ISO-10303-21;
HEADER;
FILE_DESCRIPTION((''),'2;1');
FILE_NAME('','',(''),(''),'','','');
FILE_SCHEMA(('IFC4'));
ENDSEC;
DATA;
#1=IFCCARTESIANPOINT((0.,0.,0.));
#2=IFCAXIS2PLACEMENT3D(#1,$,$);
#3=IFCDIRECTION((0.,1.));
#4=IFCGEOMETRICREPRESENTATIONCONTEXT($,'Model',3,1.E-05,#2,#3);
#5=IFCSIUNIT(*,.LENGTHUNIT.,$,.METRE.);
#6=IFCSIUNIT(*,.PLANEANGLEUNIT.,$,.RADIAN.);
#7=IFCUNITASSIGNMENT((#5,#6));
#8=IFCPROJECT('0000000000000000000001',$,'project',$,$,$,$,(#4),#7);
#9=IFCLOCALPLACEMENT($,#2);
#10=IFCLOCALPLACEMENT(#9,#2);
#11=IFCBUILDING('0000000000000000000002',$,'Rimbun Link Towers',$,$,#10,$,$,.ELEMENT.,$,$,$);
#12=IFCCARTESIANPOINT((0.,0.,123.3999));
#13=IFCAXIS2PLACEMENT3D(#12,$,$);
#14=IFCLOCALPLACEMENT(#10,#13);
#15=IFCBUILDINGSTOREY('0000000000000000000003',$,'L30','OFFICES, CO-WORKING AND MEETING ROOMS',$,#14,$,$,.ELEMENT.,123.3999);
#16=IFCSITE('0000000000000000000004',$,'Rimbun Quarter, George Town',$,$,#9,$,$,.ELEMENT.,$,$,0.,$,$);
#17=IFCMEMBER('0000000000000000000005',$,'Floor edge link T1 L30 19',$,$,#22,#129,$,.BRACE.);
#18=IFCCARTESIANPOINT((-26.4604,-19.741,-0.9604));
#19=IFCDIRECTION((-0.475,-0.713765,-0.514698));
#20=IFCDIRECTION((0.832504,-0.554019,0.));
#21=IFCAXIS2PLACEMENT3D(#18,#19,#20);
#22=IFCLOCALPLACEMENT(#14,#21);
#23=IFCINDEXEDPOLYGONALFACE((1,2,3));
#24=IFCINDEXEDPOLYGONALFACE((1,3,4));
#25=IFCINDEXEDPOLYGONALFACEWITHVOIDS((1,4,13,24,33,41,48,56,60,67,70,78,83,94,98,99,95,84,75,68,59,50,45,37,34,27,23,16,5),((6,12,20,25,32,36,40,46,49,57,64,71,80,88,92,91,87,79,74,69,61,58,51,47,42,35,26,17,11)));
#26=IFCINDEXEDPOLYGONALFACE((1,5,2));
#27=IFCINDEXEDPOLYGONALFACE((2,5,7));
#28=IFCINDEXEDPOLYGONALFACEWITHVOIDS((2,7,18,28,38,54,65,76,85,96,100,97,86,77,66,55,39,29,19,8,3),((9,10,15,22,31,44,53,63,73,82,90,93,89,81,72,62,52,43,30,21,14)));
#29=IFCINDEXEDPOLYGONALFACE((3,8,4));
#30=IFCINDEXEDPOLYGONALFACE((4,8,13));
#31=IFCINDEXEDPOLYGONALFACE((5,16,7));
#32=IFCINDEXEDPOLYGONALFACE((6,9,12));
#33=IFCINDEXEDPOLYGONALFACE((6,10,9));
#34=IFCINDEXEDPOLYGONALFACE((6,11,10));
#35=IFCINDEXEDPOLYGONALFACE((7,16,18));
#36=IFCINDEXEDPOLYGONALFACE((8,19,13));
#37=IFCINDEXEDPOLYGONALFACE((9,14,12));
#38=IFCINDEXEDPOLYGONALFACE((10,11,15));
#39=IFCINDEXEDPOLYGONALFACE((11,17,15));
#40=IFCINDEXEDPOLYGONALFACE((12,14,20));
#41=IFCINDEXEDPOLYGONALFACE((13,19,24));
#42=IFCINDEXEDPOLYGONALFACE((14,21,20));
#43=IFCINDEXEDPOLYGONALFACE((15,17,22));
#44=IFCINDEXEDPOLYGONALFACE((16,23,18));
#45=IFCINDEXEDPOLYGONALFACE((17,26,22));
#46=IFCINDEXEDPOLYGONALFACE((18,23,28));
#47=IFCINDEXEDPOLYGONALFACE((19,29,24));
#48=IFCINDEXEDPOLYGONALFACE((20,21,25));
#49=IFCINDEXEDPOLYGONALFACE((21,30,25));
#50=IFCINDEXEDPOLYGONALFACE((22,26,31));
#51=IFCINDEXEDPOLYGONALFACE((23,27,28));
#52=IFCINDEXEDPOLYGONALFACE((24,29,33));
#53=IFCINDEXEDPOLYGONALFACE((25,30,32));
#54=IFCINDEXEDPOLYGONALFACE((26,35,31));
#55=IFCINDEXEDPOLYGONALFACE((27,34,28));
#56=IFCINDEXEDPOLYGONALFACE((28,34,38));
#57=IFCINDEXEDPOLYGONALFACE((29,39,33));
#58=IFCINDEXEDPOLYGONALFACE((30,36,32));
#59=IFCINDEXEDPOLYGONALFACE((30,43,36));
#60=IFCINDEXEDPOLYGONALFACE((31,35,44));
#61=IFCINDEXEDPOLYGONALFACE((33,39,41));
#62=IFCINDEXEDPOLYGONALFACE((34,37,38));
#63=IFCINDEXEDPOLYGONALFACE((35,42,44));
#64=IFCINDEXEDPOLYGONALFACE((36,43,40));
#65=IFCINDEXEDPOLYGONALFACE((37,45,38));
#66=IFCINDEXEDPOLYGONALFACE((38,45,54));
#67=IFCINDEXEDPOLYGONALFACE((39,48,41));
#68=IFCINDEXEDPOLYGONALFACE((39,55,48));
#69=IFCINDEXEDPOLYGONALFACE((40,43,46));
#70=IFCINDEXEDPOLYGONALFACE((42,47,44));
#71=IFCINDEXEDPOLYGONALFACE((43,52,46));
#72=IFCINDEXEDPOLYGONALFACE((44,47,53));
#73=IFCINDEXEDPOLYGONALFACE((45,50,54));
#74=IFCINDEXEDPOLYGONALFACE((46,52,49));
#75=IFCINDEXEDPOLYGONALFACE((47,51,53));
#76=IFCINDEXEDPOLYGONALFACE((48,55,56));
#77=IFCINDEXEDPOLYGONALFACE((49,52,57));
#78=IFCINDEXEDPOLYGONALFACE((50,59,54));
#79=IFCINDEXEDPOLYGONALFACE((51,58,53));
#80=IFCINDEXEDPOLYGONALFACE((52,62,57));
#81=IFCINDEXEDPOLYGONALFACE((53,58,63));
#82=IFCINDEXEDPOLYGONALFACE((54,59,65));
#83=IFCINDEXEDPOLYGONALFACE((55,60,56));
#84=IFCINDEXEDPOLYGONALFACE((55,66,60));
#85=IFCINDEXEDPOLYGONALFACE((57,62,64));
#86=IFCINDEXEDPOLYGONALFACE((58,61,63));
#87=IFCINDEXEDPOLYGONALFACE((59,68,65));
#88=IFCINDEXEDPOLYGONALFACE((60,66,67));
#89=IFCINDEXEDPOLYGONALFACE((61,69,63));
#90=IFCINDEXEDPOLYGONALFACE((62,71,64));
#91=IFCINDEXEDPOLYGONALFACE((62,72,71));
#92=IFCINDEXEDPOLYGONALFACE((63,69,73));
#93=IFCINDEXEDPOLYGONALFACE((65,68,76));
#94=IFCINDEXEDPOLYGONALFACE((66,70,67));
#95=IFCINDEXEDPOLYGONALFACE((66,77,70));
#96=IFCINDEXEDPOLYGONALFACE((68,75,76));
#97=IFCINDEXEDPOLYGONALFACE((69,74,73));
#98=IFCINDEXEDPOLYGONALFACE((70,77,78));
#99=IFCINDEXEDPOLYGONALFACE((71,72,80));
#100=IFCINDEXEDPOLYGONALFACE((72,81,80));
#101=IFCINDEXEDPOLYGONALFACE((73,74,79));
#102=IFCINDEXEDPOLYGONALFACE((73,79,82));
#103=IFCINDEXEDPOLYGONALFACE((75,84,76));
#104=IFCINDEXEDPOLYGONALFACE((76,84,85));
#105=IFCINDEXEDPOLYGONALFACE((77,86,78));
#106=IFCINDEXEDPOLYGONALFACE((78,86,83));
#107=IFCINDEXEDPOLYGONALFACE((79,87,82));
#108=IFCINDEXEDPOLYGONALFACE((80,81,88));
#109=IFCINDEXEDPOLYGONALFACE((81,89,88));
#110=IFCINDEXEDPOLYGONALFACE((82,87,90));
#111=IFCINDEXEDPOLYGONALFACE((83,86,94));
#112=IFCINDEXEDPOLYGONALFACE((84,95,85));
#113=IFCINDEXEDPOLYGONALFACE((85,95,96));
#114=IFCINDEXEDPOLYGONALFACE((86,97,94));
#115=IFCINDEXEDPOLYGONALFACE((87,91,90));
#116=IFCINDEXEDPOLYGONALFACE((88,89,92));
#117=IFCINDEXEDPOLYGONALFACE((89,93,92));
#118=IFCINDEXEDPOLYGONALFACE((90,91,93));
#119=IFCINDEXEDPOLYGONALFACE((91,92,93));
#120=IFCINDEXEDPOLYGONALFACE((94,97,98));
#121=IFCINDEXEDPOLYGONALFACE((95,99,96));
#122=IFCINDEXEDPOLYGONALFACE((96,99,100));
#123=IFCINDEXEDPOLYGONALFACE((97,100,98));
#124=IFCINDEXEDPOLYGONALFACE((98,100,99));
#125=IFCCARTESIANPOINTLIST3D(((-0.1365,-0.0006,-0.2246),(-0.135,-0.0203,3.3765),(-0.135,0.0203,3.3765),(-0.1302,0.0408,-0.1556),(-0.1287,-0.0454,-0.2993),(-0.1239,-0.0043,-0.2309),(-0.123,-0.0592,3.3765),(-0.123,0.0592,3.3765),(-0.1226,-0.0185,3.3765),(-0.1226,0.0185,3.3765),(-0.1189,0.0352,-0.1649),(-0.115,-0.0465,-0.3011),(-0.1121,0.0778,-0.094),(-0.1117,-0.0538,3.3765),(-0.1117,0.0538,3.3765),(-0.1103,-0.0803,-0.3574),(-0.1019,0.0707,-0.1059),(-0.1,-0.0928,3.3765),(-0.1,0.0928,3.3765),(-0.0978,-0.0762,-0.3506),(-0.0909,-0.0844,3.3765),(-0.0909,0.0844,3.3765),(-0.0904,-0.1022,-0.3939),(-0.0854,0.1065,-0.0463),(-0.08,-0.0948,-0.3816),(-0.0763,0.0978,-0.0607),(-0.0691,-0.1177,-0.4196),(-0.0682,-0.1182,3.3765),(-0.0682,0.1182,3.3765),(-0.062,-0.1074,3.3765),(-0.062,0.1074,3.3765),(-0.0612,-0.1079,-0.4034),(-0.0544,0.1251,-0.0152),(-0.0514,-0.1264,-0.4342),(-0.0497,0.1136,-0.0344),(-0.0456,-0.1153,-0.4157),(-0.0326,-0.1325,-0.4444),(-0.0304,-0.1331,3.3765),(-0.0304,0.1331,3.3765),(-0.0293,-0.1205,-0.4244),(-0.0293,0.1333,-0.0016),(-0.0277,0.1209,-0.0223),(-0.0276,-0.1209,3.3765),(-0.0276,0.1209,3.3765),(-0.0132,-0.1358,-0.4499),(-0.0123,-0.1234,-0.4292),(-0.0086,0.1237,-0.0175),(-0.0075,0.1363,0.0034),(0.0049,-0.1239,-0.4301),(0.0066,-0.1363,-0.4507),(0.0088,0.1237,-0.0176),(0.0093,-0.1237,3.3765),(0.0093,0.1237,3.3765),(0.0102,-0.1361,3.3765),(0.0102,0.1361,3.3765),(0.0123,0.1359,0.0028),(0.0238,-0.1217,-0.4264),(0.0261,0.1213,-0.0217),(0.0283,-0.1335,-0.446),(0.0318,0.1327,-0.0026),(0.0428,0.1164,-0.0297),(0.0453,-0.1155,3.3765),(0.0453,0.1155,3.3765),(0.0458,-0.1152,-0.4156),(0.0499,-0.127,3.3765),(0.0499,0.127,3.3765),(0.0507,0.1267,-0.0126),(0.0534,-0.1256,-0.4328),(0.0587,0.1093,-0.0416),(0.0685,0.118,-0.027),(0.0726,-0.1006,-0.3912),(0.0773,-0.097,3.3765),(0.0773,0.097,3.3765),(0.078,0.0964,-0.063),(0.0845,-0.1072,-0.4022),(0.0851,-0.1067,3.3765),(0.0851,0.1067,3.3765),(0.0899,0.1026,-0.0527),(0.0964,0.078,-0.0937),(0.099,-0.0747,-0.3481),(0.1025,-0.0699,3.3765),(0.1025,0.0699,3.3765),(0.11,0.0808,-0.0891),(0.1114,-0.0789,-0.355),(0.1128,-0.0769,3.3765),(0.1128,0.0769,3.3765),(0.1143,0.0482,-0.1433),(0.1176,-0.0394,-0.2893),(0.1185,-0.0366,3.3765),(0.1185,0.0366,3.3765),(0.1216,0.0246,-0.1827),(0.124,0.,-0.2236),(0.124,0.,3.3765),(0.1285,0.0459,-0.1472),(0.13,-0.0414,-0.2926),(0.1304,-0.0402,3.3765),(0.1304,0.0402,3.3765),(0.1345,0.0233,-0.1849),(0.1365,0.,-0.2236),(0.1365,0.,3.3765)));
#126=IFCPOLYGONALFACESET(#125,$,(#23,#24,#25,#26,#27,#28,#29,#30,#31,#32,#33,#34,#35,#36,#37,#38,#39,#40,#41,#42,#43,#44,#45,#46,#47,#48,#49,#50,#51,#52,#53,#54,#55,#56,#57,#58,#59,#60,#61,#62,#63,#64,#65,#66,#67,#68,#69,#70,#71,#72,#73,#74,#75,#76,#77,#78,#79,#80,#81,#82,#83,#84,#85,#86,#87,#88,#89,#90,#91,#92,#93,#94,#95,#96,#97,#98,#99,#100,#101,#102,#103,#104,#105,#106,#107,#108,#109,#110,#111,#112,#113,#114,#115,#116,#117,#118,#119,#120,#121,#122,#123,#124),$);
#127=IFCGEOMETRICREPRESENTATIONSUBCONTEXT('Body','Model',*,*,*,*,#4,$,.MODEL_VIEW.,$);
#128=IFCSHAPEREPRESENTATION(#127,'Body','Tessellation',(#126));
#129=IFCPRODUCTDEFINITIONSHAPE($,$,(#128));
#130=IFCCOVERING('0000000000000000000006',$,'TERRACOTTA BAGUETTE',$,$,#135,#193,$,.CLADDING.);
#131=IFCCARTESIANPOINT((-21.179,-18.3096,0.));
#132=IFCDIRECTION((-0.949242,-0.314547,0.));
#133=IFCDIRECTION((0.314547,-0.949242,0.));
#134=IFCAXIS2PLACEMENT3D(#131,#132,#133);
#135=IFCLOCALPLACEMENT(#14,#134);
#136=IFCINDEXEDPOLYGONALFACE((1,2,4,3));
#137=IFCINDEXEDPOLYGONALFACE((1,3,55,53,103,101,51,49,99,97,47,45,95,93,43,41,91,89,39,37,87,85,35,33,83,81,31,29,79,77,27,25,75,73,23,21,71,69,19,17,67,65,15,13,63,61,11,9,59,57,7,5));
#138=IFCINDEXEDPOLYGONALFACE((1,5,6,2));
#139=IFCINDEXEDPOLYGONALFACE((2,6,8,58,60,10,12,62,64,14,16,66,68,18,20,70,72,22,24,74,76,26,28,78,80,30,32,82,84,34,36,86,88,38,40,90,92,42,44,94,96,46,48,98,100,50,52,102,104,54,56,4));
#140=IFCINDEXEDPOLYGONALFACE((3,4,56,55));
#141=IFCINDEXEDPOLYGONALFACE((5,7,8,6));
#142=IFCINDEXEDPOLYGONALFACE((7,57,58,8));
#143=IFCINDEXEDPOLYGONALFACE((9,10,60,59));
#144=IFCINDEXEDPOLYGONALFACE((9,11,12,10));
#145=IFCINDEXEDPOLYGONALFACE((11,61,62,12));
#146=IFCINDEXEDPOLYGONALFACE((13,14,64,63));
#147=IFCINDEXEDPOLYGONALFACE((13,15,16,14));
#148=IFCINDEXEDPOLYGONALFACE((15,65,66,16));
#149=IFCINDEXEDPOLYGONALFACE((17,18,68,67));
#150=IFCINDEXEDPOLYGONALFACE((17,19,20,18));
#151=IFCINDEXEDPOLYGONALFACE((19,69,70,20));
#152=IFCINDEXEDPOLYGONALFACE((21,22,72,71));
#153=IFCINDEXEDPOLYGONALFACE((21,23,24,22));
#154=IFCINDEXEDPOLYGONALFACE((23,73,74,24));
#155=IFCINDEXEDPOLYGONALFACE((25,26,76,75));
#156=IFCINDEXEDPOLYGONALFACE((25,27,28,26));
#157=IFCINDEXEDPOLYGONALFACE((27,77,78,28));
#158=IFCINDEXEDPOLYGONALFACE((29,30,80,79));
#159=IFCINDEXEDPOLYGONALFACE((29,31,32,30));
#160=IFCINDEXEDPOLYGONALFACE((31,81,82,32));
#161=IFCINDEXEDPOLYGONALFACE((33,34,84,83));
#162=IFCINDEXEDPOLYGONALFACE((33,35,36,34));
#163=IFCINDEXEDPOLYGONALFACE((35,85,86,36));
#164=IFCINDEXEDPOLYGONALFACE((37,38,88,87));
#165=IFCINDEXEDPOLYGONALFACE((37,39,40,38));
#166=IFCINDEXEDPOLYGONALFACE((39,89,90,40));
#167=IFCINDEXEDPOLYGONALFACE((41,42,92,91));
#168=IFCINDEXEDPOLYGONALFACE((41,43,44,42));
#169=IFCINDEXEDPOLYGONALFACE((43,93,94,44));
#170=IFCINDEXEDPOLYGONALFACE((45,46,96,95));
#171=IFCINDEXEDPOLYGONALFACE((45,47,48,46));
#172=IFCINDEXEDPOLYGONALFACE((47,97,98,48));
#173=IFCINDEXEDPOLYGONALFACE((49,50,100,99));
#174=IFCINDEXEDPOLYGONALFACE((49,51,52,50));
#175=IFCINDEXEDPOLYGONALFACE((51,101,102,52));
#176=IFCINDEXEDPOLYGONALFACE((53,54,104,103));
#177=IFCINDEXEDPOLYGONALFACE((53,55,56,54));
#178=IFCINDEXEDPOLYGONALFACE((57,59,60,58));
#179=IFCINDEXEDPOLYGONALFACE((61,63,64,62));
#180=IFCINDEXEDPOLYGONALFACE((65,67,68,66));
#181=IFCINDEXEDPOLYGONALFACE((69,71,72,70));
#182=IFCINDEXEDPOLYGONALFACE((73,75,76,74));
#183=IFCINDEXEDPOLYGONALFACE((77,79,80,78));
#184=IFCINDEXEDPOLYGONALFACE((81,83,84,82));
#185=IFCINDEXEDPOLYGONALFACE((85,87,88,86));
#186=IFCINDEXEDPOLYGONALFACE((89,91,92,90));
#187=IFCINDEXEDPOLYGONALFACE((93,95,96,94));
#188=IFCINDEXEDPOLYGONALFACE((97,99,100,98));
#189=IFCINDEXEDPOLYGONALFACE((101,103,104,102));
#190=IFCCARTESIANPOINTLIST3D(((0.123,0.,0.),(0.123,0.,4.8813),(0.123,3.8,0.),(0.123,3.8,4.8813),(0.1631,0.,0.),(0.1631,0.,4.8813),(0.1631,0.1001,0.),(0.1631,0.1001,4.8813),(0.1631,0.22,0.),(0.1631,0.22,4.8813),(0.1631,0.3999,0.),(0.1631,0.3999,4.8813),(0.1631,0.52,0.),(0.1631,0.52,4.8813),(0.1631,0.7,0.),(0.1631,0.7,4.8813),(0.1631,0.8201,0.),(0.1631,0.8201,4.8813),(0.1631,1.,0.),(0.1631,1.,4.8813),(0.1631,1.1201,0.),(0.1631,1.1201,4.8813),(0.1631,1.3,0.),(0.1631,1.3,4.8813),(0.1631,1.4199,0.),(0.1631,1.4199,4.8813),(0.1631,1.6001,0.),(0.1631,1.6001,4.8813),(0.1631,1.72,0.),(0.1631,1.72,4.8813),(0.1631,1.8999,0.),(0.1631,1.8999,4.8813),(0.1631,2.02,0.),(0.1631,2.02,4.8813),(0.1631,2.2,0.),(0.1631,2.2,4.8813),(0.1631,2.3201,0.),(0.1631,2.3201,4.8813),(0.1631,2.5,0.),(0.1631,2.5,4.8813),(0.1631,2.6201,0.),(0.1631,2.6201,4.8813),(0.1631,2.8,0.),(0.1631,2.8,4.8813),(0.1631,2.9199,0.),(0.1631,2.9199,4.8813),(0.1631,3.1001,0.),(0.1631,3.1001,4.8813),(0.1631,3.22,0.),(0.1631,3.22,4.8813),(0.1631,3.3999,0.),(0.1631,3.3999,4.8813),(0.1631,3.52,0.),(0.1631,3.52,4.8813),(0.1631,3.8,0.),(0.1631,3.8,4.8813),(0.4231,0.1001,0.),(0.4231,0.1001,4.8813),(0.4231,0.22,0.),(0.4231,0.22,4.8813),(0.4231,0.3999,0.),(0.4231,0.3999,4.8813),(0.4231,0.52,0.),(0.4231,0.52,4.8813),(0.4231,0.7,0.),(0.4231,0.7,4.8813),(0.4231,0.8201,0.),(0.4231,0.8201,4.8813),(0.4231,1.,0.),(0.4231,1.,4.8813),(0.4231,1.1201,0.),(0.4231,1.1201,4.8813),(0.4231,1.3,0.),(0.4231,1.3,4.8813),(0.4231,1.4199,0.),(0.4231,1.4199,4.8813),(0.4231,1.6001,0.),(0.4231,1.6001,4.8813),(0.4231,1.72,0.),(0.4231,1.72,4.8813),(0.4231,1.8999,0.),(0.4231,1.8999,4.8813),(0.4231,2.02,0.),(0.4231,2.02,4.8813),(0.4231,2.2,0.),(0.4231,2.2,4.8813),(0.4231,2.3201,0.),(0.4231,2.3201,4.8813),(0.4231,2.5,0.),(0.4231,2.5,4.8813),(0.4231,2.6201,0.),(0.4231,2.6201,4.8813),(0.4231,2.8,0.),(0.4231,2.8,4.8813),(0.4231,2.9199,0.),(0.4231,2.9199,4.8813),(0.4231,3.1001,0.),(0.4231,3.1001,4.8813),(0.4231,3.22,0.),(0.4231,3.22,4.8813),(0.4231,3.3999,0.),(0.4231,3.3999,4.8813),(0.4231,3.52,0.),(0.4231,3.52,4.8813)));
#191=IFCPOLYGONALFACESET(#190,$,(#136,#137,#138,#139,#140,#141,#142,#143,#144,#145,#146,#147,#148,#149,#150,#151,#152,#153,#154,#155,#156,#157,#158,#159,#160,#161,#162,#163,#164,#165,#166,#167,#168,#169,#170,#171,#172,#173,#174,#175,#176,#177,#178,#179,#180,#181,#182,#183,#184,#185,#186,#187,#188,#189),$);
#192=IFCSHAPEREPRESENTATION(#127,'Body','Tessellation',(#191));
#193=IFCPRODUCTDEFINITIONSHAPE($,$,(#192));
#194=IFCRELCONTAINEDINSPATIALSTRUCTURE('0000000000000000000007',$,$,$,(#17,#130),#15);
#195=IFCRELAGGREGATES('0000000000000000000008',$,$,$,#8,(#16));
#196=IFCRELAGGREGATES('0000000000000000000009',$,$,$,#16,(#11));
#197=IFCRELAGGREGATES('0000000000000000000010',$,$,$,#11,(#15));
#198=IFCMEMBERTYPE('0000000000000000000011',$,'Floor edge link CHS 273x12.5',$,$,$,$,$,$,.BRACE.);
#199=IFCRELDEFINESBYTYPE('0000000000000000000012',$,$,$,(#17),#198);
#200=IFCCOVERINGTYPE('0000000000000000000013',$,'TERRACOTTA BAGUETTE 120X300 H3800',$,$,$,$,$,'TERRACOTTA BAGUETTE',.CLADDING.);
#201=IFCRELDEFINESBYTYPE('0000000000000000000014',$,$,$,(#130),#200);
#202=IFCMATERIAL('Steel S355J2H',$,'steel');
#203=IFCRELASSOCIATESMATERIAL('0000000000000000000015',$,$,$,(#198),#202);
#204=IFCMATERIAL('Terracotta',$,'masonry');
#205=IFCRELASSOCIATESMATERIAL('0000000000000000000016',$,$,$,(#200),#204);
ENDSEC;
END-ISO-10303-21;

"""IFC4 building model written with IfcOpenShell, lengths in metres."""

from ifc_helpers import new_model, si_unit, direction, frame, origin, origin_2d, place, context, subcontext, project, spatial, polyline, hollow_circle, outline, extrude, clip, halfspace, material, material_profile, profile_set, type_object, element, save


model = new_model("IFC4")

# Units and contexts
model_context = context("Model", 3, precision=1e-05, world=origin(), true_north=direction((0.0, 1.0)))
body_context = subcontext(model_context, "Body", "Model", "MODEL_VIEW")
ifc_project = project(units=[si_unit("LENGTHUNIT", "METRE"), si_unit("PLANEANGLEUNIT", "RADIAN")], contexts=[model_context])

# Site, building, storey
site_placement = place(None, origin())
site = spatial("IfcSite", under=ifc_project, at=site_placement, Name="Rimbun Quarter, George Town", CompositionType="ELEMENT", RefElevation=0.0)
building_placement = place(site_placement, origin())
building = spatial("IfcBuilding", under=site, at=building_placement, Name="Rimbun Link Towers", CompositionType="ELEMENT")
storey_placement = place(building_placement, frame((0.0, 0.0, 123.3999)))
storey = spatial("IfcBuildingStorey", under=building, at=storey_placement, Name="L30", Description="OFFICES, CO-WORKING AND MEETING ROOMS", CompositionType="ELEMENT", Elevation=123.3999)

# Member
ifc_material_1 = material(Name="Steel S355J2H", Category="steel")
ifc_material_profile_1 = material_profile(ifc_material_1, hollow_circle(Radius=0.1365, WallThickness=0.0125, at=origin_2d()), Name="CHS 273x12.5")
ifc_profile_set_1 = profile_set([ifc_material_profile_1], Name="Steel S355J2H")
member_type_1 = type_object("IfcMemberType", Name="Floor edge link CHS 273x12.5", PredefinedType="BRACE", material=ifc_profile_set_1)
member_1_placement = place(storey_placement, frame((-26.4604, -19.741, -0.9604), z_axis=(-0.475, -0.713765, -0.514698), x_axis=(0.832504, -0.554019, 0.0)))
element("IfcMember", 1, at=member_1_placement, inside=storey, type_object=member_type_1, Name="Floor edge link T1 L30 19", PredefinedType="BRACE", context=body_context, shape_type="Clipping", body=[
    clip(extrude(hollow_circle(Radius=0.1365, WallThickness=0.0125, at=origin_2d()), frame((0.0, 0.0, -0.4741)), (0.0, 0.0, 1.0), 3.8506), halfspace(frame((0.0, 0.0, -0.2236), z_axis=(0.0, 0.857372, -0.514698)), False)),
])

# Covering
ifc_material_2 = material(Name="Terracotta", Category="masonry")
ifc_material_profile_2 = material_profile(ifc_material_2, outline(polyline([(0.123, 0.0), (0.1631, 0.0), (0.1631, 0.1001), (0.4231, 0.1001), (0.4231, 0.22), (0.1631, 0.22), (0.1631, 0.3999), (0.4231, 0.3999), (0.4231, 0.52), (0.1631, 0.52), (0.1631, 0.7), (0.4231, 0.7), (0.4231, 0.8201), (0.1631, 0.8201), (0.1631, 1.0), (0.4231, 1.0), (0.4231, 1.1201), (0.1631, 1.1201), (0.1631, 1.3), (0.4231, 1.3), (0.4231, 1.4199), (0.1631, 1.4199), (0.1631, 1.6001), (0.4231, 1.6001), (0.4231, 1.72), (0.1631, 1.72), (0.1631, 1.8999), (0.4231, 1.8999), (0.4231, 2.02), (0.1631, 2.02), (0.1631, 2.2), (0.4231, 2.2), (0.4231, 2.3201), (0.1631, 2.3201), (0.1631, 2.5), (0.4231, 2.5), (0.4231, 2.6201), (0.1631, 2.6201), (0.1631, 2.8), (0.4231, 2.8), (0.4231, 2.9199), (0.1631, 2.9199), (0.1631, 3.1001), (0.4231, 3.1001), (0.4231, 3.22), (0.1631, 3.22), (0.1631, 3.3999), (0.4231, 3.3999), (0.4231, 3.52), (0.1631, 3.52), (0.1631, 3.8), (0.123, 3.8), (0.123, 0.0)])), Name="BAGUETTE 120X300")
ifc_profile_set_2 = profile_set([ifc_material_profile_2], Name="Terracotta")
covering_type = type_object("IfcCoveringType", Name="TERRACOTTA BAGUETTE 120X300 H3800", ElementType="TERRACOTTA BAGUETTE", PredefinedType="CLADDING", material=ifc_profile_set_2)
covering_placement = place(storey_placement, frame((-21.179, -18.3096, 0.0), z_axis=(-0.949242, -0.314547, 0.0), x_axis=(0.314547, -0.949242, 0.0)))
element("IfcCovering", 2, at=covering_placement, inside=storey, type_object=covering_type, Name="TERRACOTTA BAGUETTE", PredefinedType="CLADDING", context=body_context, shape_type="SweptSolid", body=[
    extrude(outline(polyline([(0.123, 0.0), (0.1631, 0.0), (0.1631, 0.1001), (0.4231, 0.1001), (0.4231, 0.22), (0.1631, 0.22), (0.1631, 0.3999), (0.4231, 0.3999), (0.4231, 0.52), (0.1631, 0.52), (0.1631, 0.7), (0.4231, 0.7), (0.4231, 0.8201), (0.1631, 0.8201), (0.1631, 1.0), (0.4231, 1.0), (0.4231, 1.1201), (0.1631, 1.1201), (0.1631, 1.3), (0.4231, 1.3), (0.4231, 1.4199), (0.1631, 1.4199), (0.1631, 1.6001), (0.4231, 1.6001), (0.4231, 1.72), (0.1631, 1.72), (0.1631, 1.8999), (0.4231, 1.8999), (0.4231, 2.02), (0.1631, 2.02), (0.1631, 2.2), (0.4231, 2.2), (0.4231, 2.3201), (0.1631, 2.3201), (0.1631, 2.5), (0.4231, 2.5), (0.4231, 2.6201), (0.1631, 2.6201), (0.1631, 2.8), (0.4231, 2.8), (0.4231, 2.9199), (0.1631, 2.9199), (0.1631, 3.1001), (0.4231, 3.1001), (0.4231, 3.22), (0.1631, 3.22), (0.1631, 3.3999), (0.4231, 3.3999), (0.4231, 3.52), (0.1631, 3.52), (0.1631, 3.8), (0.123, 3.8), (0.123, 0.0)])), origin(), (0.0, 0.0, 1.0), 4.8813),
])

save(model, "model.ifc")
